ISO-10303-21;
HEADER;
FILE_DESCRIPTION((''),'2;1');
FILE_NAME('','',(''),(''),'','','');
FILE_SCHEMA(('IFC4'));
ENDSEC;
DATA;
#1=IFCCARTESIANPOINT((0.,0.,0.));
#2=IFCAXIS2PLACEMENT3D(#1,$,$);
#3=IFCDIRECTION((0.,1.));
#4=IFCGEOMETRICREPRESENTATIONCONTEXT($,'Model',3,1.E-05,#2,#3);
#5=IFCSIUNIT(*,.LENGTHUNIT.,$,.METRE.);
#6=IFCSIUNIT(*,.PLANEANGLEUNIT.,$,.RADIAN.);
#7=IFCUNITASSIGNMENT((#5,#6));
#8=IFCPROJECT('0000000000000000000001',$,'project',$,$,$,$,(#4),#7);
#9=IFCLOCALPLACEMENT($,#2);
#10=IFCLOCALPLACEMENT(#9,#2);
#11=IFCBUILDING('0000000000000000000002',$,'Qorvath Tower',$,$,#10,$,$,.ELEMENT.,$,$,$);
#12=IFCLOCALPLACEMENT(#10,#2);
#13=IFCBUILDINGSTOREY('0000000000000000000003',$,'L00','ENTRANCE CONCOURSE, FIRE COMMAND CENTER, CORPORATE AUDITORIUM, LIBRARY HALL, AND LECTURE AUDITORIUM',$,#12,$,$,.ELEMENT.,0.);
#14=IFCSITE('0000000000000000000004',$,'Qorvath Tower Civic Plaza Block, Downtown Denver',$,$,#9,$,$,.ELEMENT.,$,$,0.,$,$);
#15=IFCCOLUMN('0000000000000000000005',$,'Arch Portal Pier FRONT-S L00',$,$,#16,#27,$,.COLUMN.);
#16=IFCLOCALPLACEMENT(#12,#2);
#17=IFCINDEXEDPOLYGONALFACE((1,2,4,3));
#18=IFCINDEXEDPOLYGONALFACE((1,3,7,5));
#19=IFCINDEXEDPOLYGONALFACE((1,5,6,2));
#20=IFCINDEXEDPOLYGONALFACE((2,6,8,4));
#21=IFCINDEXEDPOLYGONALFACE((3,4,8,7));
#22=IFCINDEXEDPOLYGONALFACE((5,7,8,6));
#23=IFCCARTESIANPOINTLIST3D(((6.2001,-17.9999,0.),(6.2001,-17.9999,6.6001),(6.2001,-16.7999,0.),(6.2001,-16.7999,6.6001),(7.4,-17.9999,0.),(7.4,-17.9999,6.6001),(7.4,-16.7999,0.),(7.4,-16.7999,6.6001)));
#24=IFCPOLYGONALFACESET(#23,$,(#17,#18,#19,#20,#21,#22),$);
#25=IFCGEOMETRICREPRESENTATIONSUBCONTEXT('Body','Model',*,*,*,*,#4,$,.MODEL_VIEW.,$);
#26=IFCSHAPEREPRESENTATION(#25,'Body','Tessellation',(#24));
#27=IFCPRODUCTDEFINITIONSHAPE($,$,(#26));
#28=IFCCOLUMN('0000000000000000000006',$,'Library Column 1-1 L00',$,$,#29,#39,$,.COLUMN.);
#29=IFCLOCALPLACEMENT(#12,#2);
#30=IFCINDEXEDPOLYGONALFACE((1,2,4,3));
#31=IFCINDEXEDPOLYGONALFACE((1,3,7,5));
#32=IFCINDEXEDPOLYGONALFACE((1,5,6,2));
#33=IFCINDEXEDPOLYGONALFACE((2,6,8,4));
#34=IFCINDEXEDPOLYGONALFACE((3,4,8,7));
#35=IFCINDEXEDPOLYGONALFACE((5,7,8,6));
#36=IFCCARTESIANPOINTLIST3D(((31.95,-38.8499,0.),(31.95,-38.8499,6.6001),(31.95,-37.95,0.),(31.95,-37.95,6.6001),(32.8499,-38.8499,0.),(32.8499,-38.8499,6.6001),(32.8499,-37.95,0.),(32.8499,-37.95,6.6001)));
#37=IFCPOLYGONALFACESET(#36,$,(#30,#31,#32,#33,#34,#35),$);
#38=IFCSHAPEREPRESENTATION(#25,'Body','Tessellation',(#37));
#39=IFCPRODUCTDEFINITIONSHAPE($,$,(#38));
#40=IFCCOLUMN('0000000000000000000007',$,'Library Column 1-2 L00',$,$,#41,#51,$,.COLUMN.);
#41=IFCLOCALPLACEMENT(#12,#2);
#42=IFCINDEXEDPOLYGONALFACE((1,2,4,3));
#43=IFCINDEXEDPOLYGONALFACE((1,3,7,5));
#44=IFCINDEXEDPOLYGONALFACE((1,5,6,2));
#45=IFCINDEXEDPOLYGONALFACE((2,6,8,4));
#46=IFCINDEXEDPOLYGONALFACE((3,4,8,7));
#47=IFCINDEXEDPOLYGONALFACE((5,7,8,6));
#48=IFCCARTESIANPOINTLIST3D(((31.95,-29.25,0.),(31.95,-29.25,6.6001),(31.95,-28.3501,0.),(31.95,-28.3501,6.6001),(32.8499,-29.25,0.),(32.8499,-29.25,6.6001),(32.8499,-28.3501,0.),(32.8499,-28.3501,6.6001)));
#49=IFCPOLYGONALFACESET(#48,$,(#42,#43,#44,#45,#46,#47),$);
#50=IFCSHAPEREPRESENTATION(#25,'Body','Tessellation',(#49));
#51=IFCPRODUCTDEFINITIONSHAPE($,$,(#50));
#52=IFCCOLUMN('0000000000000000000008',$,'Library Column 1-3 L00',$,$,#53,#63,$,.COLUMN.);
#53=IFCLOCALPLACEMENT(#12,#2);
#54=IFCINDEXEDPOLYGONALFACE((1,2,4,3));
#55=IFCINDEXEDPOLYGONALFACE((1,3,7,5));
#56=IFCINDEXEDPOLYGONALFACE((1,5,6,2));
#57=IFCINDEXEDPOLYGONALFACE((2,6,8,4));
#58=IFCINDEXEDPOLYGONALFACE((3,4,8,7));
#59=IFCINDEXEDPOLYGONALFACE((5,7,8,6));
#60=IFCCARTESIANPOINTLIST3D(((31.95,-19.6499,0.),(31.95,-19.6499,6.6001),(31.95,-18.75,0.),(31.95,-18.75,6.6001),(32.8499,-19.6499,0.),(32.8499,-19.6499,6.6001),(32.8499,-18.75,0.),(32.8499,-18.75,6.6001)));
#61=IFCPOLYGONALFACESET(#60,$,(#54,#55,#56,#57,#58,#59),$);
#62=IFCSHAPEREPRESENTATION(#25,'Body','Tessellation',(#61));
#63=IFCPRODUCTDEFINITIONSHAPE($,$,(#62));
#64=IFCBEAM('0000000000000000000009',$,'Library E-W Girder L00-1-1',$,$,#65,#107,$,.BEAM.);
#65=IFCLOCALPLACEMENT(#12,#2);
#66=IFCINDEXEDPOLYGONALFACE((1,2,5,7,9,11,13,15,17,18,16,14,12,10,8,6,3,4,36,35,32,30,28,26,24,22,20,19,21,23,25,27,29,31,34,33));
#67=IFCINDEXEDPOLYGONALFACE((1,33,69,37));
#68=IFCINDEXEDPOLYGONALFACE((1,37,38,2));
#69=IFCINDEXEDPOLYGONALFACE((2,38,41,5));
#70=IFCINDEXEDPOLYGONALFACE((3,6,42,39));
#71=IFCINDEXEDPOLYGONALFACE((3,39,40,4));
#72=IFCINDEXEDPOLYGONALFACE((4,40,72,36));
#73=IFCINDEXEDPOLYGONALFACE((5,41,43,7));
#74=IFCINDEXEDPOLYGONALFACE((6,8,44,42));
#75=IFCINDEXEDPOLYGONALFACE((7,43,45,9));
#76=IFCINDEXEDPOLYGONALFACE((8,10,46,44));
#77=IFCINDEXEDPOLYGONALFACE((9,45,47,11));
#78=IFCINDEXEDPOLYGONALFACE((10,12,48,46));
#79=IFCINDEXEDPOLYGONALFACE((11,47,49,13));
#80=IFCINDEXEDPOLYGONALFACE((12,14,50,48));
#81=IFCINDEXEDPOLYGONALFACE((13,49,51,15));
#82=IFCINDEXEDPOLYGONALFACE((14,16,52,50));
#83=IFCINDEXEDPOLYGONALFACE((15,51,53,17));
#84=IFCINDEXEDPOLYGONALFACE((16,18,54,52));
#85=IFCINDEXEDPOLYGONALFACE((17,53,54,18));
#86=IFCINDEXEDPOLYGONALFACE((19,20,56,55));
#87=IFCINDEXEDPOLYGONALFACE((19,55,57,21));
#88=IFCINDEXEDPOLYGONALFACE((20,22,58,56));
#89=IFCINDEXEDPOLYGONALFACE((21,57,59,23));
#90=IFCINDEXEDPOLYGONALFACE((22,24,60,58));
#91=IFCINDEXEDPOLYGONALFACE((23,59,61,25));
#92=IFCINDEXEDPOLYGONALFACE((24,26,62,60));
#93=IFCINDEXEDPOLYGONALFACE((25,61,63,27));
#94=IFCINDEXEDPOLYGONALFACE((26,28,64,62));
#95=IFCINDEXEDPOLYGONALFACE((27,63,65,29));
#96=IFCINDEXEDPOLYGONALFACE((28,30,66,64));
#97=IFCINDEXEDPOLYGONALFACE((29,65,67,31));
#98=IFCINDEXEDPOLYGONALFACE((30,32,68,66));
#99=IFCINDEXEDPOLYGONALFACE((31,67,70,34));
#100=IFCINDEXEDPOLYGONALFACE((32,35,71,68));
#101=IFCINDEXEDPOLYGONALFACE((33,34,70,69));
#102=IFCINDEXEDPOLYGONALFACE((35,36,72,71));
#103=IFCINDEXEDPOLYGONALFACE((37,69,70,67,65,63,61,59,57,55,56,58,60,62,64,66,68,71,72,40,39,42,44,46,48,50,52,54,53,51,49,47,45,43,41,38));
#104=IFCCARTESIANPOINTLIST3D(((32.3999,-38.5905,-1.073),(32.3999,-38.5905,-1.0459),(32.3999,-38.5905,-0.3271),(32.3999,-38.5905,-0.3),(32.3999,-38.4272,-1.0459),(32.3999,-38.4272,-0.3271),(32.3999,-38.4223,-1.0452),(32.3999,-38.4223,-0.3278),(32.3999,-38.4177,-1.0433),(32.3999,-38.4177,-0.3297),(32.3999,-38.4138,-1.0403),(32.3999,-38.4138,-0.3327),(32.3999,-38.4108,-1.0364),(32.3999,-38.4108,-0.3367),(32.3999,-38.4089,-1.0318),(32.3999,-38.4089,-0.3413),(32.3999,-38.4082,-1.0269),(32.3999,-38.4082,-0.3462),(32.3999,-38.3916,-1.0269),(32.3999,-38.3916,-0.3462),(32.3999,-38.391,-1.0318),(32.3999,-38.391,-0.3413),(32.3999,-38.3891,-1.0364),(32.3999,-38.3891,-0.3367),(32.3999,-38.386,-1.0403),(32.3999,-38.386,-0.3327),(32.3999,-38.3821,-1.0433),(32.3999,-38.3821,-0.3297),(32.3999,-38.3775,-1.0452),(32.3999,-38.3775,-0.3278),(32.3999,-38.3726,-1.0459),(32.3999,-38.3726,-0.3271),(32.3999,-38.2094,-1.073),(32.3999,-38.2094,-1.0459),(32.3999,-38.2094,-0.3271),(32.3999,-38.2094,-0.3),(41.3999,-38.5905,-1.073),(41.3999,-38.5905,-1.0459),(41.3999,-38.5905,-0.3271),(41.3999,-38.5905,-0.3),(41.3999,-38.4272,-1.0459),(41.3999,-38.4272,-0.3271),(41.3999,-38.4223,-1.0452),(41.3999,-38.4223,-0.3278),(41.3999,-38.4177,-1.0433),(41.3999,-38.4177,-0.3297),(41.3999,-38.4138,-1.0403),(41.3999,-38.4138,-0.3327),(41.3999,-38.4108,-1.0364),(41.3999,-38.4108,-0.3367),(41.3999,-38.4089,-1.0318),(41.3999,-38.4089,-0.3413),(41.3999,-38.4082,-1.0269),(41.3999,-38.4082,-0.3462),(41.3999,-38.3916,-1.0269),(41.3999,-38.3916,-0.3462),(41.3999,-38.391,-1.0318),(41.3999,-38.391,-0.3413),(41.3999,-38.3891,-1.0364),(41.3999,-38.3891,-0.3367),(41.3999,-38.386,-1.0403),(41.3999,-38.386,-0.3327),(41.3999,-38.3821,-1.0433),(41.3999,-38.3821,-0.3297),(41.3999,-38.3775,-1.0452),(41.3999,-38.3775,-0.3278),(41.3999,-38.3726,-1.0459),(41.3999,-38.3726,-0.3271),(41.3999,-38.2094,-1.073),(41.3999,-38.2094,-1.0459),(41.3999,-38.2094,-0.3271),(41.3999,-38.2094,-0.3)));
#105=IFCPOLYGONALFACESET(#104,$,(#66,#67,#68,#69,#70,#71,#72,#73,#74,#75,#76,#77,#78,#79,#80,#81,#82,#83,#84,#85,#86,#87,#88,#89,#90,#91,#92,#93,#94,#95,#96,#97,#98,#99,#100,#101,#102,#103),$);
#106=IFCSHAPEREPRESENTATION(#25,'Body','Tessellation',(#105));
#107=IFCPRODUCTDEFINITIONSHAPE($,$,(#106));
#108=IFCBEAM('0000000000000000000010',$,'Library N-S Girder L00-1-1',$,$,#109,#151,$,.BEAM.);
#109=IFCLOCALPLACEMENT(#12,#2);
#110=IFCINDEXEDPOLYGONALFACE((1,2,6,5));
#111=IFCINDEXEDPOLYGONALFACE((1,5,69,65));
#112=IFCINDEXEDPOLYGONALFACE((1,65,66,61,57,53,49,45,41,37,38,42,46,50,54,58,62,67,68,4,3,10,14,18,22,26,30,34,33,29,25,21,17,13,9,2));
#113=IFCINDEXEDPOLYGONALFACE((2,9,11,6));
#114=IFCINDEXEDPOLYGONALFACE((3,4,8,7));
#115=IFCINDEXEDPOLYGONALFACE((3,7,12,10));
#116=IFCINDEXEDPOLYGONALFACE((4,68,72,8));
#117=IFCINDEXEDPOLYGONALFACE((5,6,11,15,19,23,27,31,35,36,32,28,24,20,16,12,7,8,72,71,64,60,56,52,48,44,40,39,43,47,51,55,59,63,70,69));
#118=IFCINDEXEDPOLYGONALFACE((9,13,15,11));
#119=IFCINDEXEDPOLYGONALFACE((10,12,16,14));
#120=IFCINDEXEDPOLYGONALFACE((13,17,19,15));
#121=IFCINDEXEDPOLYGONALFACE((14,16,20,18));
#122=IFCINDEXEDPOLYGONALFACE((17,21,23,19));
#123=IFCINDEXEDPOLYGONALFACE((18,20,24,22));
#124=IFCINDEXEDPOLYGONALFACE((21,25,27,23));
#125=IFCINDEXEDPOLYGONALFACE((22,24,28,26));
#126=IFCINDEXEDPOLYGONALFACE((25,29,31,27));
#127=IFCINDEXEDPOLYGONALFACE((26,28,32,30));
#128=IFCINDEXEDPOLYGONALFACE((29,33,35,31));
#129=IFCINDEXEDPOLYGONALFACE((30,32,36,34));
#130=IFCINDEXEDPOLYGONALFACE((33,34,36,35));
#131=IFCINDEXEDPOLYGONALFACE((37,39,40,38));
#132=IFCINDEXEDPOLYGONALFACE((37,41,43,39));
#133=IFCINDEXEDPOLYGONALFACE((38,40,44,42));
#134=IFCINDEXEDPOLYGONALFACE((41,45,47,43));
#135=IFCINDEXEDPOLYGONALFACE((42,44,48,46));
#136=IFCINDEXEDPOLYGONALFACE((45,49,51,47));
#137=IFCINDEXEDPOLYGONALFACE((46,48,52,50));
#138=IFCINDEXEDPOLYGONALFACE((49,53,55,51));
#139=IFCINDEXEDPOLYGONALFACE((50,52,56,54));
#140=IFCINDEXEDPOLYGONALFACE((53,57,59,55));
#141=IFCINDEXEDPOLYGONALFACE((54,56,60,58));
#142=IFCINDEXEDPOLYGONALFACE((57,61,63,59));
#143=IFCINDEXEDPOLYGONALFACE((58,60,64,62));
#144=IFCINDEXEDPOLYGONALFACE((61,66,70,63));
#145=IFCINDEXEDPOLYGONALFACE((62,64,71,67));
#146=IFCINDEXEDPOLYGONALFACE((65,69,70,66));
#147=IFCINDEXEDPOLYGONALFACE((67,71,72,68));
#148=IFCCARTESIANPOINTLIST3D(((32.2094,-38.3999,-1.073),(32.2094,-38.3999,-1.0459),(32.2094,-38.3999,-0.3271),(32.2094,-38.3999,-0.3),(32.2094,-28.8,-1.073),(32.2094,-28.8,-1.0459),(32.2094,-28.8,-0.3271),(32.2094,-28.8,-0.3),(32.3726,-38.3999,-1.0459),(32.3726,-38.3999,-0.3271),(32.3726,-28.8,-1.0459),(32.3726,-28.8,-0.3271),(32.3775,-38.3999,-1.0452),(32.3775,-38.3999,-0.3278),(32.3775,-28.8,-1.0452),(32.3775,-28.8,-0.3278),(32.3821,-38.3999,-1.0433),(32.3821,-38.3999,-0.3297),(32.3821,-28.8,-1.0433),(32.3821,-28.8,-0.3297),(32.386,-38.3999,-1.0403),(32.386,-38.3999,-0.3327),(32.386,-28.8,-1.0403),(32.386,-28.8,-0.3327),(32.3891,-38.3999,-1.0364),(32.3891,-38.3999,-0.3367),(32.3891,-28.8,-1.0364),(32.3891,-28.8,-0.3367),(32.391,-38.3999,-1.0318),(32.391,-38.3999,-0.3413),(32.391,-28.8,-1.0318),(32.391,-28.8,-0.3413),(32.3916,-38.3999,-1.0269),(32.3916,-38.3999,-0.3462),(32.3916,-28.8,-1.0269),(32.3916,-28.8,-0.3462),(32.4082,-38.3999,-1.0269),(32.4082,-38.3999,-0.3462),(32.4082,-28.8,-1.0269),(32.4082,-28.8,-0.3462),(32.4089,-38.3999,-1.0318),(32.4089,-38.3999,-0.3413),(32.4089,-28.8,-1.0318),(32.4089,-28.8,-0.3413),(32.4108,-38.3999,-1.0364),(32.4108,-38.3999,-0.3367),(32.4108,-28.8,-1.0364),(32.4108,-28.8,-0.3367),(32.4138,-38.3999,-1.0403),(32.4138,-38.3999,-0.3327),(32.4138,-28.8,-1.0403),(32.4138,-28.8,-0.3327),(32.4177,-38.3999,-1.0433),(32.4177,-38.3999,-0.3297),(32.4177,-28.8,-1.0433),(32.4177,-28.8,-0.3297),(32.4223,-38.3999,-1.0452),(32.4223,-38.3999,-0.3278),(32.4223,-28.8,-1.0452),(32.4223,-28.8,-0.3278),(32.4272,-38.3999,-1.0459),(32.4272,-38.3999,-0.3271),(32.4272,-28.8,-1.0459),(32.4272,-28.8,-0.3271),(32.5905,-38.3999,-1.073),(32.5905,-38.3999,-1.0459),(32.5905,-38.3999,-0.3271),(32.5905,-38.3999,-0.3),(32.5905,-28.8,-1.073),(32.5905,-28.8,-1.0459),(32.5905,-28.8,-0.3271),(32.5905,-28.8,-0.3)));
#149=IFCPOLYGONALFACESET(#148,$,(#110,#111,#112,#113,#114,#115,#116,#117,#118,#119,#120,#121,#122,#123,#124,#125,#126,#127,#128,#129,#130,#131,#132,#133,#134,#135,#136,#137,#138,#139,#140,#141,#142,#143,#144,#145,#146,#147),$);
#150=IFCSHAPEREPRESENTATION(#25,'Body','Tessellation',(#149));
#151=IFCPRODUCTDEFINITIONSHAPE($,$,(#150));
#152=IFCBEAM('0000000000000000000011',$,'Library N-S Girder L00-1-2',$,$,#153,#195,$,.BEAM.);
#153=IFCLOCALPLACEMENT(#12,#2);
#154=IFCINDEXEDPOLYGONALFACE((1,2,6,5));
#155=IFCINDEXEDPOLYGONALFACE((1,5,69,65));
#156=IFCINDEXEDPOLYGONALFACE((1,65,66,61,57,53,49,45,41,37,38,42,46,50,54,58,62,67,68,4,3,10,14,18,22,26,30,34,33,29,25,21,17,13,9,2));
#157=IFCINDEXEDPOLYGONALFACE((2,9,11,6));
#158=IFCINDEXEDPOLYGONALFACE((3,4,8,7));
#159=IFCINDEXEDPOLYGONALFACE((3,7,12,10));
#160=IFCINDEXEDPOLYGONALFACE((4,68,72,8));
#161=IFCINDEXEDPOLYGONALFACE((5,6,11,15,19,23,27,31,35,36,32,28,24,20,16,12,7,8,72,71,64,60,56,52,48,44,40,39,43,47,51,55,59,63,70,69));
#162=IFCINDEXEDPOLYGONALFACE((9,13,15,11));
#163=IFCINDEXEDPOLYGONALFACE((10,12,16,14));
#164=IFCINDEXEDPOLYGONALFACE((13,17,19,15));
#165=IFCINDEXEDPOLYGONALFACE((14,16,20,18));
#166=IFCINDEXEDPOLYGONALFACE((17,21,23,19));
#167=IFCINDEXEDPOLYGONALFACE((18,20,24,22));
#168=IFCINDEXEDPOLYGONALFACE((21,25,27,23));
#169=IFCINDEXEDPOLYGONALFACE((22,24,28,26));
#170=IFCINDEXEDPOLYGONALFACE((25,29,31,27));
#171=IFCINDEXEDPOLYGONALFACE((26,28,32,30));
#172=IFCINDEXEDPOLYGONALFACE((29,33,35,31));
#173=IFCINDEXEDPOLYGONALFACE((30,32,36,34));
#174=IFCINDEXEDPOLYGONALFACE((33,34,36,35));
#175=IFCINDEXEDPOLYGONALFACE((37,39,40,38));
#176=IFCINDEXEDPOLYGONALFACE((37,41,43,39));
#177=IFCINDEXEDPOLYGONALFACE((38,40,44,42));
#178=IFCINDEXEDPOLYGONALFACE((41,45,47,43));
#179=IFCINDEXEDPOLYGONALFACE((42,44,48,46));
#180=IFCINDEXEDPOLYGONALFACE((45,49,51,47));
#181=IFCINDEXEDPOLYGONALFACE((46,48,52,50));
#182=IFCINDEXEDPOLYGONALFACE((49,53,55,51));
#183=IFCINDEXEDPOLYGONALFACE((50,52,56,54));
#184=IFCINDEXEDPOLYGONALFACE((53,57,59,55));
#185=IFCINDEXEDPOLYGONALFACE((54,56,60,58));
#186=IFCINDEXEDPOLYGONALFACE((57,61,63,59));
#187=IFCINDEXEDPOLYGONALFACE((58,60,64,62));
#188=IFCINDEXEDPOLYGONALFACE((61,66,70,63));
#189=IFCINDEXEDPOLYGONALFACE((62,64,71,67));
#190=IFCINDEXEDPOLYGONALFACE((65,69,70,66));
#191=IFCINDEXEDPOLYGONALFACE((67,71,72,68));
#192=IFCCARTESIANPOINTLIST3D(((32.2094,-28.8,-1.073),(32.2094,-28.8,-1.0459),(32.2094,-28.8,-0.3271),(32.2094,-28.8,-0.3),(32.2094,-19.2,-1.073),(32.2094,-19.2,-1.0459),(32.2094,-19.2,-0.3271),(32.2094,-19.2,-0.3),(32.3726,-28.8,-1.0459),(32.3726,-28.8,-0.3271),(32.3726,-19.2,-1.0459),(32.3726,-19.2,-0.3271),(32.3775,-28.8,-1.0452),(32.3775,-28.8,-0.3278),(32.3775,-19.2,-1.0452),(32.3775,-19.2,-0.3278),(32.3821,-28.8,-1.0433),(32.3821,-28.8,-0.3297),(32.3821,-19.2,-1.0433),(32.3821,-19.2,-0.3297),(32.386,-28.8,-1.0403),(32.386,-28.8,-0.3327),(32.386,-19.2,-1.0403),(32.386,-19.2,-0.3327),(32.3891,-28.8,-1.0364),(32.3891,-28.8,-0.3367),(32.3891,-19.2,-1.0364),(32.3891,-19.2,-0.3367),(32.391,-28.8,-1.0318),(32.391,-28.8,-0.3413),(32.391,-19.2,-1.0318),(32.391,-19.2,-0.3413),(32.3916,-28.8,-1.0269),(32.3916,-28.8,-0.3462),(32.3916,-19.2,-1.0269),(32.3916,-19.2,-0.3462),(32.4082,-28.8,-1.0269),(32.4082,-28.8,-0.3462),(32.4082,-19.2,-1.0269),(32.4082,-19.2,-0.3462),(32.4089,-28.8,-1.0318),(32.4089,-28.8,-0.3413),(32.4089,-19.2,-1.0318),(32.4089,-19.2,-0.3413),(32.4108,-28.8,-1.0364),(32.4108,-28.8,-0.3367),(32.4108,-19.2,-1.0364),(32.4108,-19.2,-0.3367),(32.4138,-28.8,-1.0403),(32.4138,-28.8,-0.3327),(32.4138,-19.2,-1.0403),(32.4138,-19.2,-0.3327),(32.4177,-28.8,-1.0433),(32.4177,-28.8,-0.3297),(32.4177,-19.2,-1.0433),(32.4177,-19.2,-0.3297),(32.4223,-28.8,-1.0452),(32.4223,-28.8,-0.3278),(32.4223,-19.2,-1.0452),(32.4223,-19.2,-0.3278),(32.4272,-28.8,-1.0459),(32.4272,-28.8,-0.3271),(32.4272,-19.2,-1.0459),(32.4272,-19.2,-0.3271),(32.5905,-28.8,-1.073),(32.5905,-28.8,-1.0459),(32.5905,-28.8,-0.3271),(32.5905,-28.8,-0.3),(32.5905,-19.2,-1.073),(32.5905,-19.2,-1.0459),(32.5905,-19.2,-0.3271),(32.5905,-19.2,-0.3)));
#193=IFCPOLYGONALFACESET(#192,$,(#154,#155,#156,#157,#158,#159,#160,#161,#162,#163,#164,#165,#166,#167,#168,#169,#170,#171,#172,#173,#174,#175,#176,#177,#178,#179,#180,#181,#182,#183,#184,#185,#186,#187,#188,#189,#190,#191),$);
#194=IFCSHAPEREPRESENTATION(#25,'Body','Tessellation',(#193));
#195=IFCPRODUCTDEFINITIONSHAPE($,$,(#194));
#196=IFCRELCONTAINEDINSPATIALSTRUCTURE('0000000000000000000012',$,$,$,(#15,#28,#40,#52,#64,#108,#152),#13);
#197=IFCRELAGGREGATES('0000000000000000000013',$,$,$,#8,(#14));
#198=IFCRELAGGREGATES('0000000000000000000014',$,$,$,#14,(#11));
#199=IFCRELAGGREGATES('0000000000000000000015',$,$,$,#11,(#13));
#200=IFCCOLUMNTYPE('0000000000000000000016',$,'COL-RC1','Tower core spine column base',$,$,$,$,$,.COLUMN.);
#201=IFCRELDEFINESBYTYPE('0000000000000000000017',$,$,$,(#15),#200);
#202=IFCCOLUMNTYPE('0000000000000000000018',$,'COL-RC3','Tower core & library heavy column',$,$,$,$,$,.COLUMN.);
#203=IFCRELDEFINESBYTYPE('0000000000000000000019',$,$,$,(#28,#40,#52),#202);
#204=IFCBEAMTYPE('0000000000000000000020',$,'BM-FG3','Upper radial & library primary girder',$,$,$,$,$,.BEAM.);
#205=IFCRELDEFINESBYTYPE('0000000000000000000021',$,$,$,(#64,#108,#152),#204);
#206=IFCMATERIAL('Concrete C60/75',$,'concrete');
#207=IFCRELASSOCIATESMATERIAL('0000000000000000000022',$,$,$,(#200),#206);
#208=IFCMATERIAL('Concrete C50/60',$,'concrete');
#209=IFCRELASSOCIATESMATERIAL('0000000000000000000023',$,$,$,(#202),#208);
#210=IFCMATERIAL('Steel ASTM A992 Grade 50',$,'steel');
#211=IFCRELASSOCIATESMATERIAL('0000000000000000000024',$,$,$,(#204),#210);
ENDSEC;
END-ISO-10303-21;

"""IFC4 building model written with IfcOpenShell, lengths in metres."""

from ifc_helpers import new_model, si_unit, direction, frame, origin, origin_2d, place, context, subcontext, project, spatial, rectangle, i_section, extrude, material, material_profile, profile_set, type_object, element, save


model = new_model("IFC4")

# Units and contexts
model_context = context("Model", 3, precision=1e-05, world=origin(), true_north=direction((0.0, 1.0)))
body_context = subcontext(model_context, "Body", "Model", "MODEL_VIEW")
ifc_project = project(units=[si_unit("LENGTHUNIT", "METRE"), si_unit("PLANEANGLEUNIT", "RADIAN")], contexts=[model_context])

# Site, building, storey
site_placement = place(None, origin())
site = spatial("IfcSite", under=ifc_project, at=site_placement, Name="Qorvath Tower Civic Plaza Block, Downtown Denver", CompositionType="ELEMENT", RefElevation=0.0)
building_placement = place(site_placement, origin())
building = spatial("IfcBuilding", under=site, at=building_placement, Name="Qorvath Tower", CompositionType="ELEMENT")
storey_placement = place(building_placement, origin())
storey = spatial("IfcBuildingStorey", under=building, at=storey_placement, Name="L00", Description="ENTRANCE CONCOURSE, FIRE COMMAND CENTER, CORPORATE AUDITORIUM, LIBRARY HALL, AND LECTURE AUDITORIUM", CompositionType="ELEMENT", Elevation=0.0)

# Columns
ifc_material_1 = material(Name="Concrete C60/75", Category="concrete")
ifc_material_profile_1 = material_profile(ifc_material_1, rectangle(XDim=1.2, YDim=1.2, at=origin_2d()), Name="RC 1200x1200")
ifc_profile_set_1 = profile_set([ifc_material_profile_1], Name="Concrete C60/75")
column_type_1 = type_object("IfcColumnType", Name="COL-RC1", Description="Tower core spine column base", PredefinedType="COLUMN", material=ifc_profile_set_1)
column_placement = place(storey_placement, frame((6.8, -17.3999, 0.0), z_axis=(0.0, 0.0, 1.0), x_axis=(1.0, 0.0, 0.0)))
element("IfcColumn", 1, at=column_placement, inside=storey, type_object=column_type_1, Name="Arch Portal Pier FRONT-S L00", PredefinedType="COLUMN", context=body_context, shape_type="SweptSolid", body=[
    extrude(rectangle(XDim=1.2, YDim=1.2, at=origin_2d()), origin(), (0.0, 0.0, 1.0), 6.6001),
])
ifc_material_2 = material(Name="Concrete C50/60", Category="concrete")
ifc_material_profile_2 = material_profile(ifc_material_2, rectangle(XDim=0.8999, YDim=0.8999, at=origin_2d()), Name="RC 900x900")
ifc_profile_set_2 = profile_set([ifc_material_profile_2], Name="Concrete C50/60")
column_type_2 = type_object("IfcColumnType", Name="COL-RC3", Description="Tower core & library heavy column", PredefinedType="COLUMN", material=ifc_profile_set_2)
for number, where, z_axis, x_axis, name in (
    (2, (32.3999, -38.3999, 0.0), (0.0, 0.0, 1.0), (1.0, 0.0, 0.0), "Library Column 1-1 L00"),
    (3, (32.3999, -28.8, 0.0), (0.0, 0.0, 1.0), (1.0, 0.0, 0.0), "Library Column 1-2 L00"),
    (4, (32.3999, -19.2, 0.0), (0.0, 0.0, 1.0), (1.0, 0.0, 0.0), "Library Column 1-3 L00"),
):
    element("IfcColumn", number, at=place(storey_placement, frame(where, z_axis=z_axis, x_axis=x_axis)), inside=storey, type_object=column_type_2, Name=name, PredefinedType="COLUMN", context=body_context, shape_type="SweptSolid", body=[
        extrude(rectangle(XDim=0.8999, YDim=0.8999, at=origin_2d()), origin(), (0.0, 0.0, 1.0), 6.6001),
    ])

# Beams
ifc_material_3 = material(Name="Steel ASTM A992 Grade 50", Category="steel")
ifc_material_profile_3 = material_profile(ifc_material_3, i_section(OverallWidth=0.3811, OverallDepth=0.7729, WebThickness=0.0166, FlangeThickness=0.0271, FilletRadius=0.019, at=origin_2d()), Name="W30x173")
ifc_profile_set_3 = profile_set([ifc_material_profile_3], Name="Steel ASTM A992 Grade 50")
beam_type_1 = type_object("IfcBeamType", Name="BM-FG3", Description="Upper radial & library primary girder", PredefinedType="BEAM", material=ifc_profile_set_3)
beam_1_placement = place(storey_placement, frame((32.3999, -38.3999, -0.6865), z_axis=(1.0, 0.0, 0.0), x_axis=(0.0, 1.0, 0.0)))
element("IfcBeam", 5, at=beam_1_placement, inside=storey, type_object=beam_type_1, Name="Library E-W Girder L00-1-1", PredefinedType="BEAM", context=body_context, shape_type="SweptSolid", body=[
    extrude(i_section(OverallWidth=0.3811, OverallDepth=0.7729, WebThickness=0.0166, FlangeThickness=0.0271, FilletRadius=0.019, at=origin_2d()), origin(), (0.0, 0.0, 1.0), 9.0),
])
beam_2_placement = place(storey_placement, frame((32.3999, -38.3999, -0.6865), z_axis=(0.0, 1.0, 0.0), x_axis=(-1.0, 0.0, 0.0)))
element("IfcBeam", 6, at=beam_2_placement, inside=storey, type_object=beam_type_1, Name="Library N-S Girder L00-1-1", PredefinedType="BEAM", context=body_context, shape_type="SweptSolid", body=[
    extrude(i_section(OverallWidth=0.3811, OverallDepth=0.7729, WebThickness=0.0166, FlangeThickness=0.0271, FilletRadius=0.019, at=origin_2d()), origin(), (0.0, 0.0, 1.0), 9.5999),
])
beam_3_placement = place(storey_placement, frame((32.3999, -28.8, -0.6865), z_axis=(0.0, 1.0, 0.0), x_axis=(-1.0, 0.0, 0.0)))
element("IfcBeam", 7, at=beam_3_placement, inside=storey, type_object=beam_type_1, Name="Library N-S Girder L00-1-2", PredefinedType="BEAM", context=body_context, shape_type="SweptSolid", body=[
    extrude(i_section(OverallWidth=0.3811, OverallDepth=0.7729, WebThickness=0.0166, FlangeThickness=0.0271, FilletRadius=0.019, at=origin_2d()), origin(), (0.0, 0.0, 1.0), 9.6001),
])

save(model, "model.ifc")
